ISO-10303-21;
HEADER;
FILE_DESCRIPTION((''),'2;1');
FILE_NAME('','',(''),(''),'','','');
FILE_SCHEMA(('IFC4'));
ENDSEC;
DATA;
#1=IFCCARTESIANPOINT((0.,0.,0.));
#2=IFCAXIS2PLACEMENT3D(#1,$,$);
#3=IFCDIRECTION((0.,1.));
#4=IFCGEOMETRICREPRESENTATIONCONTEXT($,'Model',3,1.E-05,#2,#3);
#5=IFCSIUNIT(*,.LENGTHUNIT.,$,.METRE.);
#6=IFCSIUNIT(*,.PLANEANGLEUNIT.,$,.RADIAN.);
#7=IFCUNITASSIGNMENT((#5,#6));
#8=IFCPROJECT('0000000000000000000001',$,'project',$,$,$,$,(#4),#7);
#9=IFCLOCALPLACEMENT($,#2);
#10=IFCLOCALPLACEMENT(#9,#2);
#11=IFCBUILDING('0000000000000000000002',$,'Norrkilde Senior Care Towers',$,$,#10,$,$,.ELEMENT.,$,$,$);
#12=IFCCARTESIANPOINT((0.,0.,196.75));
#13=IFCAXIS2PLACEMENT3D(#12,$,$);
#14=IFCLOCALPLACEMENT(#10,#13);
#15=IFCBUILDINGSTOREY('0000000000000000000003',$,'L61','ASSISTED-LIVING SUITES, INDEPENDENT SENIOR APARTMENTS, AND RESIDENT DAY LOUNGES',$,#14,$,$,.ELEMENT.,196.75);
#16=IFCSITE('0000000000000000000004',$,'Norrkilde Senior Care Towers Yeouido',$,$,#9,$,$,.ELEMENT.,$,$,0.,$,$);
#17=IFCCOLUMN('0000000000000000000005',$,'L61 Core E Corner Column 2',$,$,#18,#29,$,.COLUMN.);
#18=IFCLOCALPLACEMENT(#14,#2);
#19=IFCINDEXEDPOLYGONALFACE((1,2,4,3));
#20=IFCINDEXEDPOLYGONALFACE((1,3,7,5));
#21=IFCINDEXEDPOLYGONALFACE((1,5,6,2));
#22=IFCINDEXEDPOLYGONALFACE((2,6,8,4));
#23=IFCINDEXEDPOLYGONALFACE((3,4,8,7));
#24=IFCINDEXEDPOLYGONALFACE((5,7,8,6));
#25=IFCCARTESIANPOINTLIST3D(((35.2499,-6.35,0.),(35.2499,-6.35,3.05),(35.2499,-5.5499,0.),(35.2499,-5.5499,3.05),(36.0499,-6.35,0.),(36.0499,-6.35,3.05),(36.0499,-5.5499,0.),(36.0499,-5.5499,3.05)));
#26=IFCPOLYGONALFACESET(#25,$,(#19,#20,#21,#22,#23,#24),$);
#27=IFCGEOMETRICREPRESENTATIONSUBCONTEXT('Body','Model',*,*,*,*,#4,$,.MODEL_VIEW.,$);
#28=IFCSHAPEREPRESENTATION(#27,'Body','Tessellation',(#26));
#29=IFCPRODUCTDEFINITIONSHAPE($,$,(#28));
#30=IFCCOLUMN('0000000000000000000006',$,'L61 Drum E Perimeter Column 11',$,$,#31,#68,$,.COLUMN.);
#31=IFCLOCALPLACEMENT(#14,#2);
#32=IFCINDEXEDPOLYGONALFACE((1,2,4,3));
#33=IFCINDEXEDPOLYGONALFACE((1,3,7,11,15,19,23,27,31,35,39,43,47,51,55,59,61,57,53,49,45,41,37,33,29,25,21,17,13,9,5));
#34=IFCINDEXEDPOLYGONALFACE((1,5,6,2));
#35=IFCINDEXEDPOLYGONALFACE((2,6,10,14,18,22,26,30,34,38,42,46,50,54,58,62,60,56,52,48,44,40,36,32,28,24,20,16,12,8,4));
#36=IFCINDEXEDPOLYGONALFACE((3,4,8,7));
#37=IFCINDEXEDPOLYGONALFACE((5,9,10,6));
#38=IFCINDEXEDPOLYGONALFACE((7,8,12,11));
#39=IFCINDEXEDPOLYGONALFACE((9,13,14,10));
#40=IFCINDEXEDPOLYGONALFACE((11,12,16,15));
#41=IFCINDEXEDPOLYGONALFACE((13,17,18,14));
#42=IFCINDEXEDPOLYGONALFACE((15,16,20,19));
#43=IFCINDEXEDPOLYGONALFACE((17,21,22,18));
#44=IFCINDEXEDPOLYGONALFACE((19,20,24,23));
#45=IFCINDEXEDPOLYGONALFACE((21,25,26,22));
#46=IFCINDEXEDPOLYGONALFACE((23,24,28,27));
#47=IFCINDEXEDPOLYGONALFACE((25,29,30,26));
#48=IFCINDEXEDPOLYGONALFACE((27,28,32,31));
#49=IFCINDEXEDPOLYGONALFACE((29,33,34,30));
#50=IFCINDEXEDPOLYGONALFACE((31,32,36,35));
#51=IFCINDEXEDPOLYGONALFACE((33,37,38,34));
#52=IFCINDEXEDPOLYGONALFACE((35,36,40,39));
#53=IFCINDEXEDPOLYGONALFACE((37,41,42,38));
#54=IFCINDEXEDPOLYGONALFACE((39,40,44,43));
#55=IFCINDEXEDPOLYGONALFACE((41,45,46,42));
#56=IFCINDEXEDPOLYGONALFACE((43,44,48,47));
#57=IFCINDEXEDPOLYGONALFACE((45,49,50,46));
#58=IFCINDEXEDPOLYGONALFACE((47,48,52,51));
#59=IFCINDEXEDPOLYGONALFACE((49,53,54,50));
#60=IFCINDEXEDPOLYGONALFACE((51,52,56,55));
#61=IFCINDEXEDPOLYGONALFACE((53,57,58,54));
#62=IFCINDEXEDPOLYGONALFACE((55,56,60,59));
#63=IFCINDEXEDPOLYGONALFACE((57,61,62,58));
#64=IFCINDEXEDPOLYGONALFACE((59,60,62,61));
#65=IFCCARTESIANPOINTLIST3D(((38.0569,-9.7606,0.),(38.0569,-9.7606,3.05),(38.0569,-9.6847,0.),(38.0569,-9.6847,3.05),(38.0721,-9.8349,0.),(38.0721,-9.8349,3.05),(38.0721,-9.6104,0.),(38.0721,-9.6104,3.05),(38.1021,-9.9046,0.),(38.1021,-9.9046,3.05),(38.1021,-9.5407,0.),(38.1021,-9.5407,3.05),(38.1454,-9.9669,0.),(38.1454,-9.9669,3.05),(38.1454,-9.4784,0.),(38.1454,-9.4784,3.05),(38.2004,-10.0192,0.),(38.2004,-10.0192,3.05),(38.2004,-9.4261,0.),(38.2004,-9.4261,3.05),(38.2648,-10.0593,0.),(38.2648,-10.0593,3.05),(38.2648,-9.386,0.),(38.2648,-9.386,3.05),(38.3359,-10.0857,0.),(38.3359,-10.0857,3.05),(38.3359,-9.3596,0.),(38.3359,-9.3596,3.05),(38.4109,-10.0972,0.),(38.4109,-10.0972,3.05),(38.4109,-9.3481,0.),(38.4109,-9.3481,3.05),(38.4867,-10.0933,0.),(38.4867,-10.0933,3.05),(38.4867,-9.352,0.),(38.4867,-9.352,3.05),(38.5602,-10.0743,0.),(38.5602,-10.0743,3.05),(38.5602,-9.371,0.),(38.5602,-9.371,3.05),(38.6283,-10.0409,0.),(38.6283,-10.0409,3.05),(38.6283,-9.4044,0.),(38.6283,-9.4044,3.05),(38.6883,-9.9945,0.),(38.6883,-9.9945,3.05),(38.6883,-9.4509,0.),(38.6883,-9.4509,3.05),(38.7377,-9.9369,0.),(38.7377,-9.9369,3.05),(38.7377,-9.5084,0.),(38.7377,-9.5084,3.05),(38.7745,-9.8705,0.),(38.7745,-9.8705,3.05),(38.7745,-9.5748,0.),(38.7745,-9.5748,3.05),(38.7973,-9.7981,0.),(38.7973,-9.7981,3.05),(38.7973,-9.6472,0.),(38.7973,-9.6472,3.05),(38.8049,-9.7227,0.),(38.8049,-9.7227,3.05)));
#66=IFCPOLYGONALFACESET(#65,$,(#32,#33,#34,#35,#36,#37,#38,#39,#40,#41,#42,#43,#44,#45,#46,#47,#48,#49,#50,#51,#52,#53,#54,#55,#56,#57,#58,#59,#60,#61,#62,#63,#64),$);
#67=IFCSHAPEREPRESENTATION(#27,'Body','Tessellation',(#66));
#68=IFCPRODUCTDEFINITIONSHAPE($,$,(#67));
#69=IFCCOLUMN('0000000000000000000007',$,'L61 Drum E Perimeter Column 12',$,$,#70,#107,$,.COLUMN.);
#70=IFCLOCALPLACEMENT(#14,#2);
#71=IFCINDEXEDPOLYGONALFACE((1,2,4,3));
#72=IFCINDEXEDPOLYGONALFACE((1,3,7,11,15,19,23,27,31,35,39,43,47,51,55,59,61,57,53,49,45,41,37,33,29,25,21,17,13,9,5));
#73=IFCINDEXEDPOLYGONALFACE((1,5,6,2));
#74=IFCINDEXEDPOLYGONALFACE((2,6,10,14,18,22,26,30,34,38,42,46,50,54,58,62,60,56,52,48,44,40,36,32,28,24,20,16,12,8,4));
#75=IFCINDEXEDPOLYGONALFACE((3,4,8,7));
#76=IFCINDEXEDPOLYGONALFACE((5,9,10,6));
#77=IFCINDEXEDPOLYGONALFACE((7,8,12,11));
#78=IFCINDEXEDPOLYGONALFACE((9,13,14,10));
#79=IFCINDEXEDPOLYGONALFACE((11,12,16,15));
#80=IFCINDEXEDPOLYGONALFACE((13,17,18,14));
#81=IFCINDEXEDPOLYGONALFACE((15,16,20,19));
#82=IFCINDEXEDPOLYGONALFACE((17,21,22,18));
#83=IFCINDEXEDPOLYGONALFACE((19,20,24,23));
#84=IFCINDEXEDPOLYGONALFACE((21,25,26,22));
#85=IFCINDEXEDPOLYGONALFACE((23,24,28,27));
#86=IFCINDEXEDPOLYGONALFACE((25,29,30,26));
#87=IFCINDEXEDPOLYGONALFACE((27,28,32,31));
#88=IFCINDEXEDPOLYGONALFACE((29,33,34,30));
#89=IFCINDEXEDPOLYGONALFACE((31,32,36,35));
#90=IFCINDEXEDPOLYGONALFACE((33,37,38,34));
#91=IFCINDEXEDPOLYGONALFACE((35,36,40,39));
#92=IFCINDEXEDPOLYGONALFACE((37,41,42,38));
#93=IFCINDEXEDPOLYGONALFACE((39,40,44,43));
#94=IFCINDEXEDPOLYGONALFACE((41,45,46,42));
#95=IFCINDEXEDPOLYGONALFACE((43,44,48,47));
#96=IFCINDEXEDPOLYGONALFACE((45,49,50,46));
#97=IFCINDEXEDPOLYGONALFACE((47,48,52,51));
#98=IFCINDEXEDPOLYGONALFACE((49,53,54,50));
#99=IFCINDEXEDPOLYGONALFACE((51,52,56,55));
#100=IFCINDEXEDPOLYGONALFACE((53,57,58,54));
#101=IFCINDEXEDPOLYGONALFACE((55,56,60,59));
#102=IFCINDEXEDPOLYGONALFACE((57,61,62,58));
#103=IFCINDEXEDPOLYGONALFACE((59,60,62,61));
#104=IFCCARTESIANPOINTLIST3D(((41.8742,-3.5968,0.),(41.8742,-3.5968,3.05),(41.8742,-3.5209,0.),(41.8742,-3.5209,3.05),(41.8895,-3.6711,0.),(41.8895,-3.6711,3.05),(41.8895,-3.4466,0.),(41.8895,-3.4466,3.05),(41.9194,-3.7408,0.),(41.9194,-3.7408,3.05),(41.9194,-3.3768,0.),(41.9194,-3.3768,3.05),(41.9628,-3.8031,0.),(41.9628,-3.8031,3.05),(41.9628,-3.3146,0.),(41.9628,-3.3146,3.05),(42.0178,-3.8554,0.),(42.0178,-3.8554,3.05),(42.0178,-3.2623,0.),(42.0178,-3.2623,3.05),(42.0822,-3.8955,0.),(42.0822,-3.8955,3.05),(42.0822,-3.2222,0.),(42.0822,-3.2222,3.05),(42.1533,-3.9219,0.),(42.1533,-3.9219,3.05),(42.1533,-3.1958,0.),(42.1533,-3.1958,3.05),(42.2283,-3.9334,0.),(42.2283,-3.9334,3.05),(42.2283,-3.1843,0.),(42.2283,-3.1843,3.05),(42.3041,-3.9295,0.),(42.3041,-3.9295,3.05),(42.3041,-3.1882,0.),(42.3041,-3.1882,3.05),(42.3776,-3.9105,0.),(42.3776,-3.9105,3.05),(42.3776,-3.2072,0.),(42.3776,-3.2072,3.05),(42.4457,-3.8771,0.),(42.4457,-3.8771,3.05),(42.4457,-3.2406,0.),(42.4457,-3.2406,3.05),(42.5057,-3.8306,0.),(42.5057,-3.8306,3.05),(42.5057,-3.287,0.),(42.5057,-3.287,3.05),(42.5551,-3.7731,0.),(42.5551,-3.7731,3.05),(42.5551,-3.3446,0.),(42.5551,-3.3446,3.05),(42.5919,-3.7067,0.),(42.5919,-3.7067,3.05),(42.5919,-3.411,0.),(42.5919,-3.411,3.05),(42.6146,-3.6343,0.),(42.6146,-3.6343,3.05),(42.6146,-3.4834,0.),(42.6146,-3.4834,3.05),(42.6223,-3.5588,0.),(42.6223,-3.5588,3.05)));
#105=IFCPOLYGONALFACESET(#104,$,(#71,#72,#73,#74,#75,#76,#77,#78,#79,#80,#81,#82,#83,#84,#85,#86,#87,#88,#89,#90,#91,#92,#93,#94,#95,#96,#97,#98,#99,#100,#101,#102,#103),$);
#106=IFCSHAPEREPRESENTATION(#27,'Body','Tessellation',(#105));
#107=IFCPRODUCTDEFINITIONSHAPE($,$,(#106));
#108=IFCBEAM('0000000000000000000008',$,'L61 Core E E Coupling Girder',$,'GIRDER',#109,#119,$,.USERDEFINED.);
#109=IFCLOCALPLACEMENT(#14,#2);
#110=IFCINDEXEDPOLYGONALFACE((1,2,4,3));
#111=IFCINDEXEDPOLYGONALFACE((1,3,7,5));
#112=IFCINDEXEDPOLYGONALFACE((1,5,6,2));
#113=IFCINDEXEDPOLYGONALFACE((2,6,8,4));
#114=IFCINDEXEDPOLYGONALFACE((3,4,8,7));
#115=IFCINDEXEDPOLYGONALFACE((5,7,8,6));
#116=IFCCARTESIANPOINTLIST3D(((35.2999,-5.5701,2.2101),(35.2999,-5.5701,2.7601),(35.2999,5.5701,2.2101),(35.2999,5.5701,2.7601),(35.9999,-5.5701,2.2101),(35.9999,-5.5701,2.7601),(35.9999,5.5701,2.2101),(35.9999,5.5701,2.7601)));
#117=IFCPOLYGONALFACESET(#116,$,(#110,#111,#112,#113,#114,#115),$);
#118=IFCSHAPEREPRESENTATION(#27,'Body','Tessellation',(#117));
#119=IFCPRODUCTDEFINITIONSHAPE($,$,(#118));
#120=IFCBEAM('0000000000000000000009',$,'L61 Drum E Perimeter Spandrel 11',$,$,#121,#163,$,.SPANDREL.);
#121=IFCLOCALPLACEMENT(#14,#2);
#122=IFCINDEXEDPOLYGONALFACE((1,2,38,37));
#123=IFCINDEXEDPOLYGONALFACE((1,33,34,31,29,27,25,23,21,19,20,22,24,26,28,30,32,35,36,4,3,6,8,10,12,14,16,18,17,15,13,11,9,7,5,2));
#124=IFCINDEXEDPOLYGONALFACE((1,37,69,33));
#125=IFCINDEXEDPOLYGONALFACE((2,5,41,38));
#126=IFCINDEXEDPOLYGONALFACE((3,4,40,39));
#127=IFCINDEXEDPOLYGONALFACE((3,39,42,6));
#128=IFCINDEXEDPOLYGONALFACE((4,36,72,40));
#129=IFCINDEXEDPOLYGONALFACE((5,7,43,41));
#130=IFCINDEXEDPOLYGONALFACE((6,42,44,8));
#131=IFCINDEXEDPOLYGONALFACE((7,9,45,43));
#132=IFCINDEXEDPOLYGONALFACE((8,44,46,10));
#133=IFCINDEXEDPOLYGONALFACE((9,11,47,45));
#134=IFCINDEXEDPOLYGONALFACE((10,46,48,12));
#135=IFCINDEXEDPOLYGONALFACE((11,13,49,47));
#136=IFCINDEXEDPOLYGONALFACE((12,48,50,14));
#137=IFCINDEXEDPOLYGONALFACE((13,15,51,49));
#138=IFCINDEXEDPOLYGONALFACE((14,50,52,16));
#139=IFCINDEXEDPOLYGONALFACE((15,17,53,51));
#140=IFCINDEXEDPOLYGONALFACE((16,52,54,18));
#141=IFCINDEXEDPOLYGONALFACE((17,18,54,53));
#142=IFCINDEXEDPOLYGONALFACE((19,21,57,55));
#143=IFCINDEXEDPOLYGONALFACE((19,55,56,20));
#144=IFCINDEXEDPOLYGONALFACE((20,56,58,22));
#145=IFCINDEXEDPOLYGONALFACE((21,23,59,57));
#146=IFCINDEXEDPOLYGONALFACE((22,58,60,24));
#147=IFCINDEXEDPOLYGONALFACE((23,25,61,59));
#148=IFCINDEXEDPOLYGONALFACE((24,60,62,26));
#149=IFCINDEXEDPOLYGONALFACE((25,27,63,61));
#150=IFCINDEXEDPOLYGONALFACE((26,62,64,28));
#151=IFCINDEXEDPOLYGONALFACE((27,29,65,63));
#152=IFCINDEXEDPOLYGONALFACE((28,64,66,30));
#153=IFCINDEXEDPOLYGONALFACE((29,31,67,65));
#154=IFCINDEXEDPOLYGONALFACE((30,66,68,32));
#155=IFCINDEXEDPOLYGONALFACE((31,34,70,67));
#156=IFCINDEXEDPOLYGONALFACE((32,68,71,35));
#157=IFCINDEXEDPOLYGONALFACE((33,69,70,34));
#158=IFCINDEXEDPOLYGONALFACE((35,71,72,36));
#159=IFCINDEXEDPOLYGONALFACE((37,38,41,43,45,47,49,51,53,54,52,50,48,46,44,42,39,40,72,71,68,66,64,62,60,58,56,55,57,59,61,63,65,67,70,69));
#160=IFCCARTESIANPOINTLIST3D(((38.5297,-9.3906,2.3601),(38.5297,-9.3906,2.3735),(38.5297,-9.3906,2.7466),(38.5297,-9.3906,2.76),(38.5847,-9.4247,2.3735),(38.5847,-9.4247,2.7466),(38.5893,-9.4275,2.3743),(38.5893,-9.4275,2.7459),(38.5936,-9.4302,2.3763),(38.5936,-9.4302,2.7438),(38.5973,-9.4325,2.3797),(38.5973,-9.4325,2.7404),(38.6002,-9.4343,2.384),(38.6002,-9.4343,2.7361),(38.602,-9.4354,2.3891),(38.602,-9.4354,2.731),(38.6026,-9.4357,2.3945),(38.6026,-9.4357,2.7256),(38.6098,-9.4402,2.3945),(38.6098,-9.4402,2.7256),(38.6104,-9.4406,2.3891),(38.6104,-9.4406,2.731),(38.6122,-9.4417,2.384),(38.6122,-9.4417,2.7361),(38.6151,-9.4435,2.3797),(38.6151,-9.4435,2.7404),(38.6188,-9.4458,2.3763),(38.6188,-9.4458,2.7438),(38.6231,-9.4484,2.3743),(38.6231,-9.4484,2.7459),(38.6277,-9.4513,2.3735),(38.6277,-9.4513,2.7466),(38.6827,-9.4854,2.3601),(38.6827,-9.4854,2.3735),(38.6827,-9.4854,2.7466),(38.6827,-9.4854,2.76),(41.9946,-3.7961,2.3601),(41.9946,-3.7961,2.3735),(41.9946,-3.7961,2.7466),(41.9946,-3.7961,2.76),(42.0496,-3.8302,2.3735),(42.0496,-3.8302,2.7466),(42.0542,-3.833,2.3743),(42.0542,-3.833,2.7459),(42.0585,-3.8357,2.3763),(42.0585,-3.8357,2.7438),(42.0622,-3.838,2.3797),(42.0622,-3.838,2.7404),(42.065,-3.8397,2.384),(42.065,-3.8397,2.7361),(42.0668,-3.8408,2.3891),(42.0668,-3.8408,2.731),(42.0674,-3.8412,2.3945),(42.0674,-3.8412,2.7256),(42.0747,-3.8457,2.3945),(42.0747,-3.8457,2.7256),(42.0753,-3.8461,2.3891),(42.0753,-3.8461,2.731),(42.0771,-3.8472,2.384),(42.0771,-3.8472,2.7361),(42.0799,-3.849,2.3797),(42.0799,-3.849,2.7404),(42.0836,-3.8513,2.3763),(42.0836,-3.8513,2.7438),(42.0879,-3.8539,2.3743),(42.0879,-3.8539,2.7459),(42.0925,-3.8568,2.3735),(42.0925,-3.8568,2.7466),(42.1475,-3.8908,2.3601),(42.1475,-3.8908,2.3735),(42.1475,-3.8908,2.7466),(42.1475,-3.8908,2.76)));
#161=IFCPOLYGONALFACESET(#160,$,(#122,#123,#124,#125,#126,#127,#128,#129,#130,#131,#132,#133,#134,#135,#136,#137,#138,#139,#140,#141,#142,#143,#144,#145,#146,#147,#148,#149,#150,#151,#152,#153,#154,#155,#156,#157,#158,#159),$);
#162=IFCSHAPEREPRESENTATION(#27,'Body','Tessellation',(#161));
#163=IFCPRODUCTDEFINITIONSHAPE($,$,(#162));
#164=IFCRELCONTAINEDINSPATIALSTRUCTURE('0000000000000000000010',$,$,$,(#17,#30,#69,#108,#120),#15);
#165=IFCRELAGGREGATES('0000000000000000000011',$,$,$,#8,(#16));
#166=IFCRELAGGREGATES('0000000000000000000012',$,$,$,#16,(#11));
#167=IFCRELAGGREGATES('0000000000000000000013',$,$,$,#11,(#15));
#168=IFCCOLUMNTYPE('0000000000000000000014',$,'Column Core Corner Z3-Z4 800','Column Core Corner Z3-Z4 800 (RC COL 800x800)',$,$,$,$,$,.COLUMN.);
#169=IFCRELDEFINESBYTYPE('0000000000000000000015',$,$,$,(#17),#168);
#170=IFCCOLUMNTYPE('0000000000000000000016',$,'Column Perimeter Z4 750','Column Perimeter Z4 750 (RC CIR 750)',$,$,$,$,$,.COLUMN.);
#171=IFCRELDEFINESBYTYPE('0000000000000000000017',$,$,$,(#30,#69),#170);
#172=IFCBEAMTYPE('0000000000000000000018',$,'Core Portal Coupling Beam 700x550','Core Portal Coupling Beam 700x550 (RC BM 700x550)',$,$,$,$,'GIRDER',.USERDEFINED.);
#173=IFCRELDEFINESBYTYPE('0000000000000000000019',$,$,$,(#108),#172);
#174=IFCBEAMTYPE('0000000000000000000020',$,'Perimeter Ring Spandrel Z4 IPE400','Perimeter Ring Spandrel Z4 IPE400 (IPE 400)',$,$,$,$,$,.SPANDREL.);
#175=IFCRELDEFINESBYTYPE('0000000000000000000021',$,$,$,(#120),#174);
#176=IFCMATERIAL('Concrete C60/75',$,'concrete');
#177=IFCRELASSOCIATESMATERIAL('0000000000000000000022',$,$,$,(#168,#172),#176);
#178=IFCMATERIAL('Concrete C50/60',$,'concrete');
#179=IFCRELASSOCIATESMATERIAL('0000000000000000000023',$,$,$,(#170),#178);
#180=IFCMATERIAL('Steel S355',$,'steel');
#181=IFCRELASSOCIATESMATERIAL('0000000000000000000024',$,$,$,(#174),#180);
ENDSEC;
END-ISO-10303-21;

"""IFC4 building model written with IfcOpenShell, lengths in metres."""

from ifc_helpers import new_model, si_unit, direction, frame, origin, origin_2d, place, context, subcontext, project, spatial, rectangle, circle, i_section, extrude, source, transform, mapped, material, material_profile, profile_set, type_object, type_shapes, element, save


model = new_model("IFC4")

# Units and contexts
model_context = context("Model", 3, precision=1e-05, world=origin(), true_north=direction((0.0, 1.0)))
body_context = subcontext(model_context, "Body", "Model", "MODEL_VIEW")
ifc_project = project(units=[si_unit("LENGTHUNIT", "METRE"), si_unit("PLANEANGLEUNIT", "RADIAN")], contexts=[model_context])

# Site, building, storey
site_placement = place(None, origin())
site = spatial("IfcSite", under=ifc_project, at=site_placement, Name="Norrkilde Senior Care Towers Yeouido", CompositionType="ELEMENT", RefElevation=0.0)
building_placement = place(site_placement, origin())
building = spatial("IfcBuilding", under=site, at=building_placement, Name="Norrkilde Senior Care Towers", CompositionType="ELEMENT")
storey_placement = place(building_placement, frame((0.0, 0.0, 196.75)))
storey = spatial("IfcBuildingStorey", under=building, at=storey_placement, Name="L61", Description="ASSISTED-LIVING SUITES, INDEPENDENT SENIOR APARTMENTS, AND RESIDENT DAY LOUNGES", CompositionType="ELEMENT", Elevation=196.75)

# Columns
ifc_material_1 = material(Name="Concrete C60/75", Category="concrete")
ifc_material_profile_1 = material_profile(ifc_material_1, rectangle(XDim=0.8, YDim=0.8, at=origin_2d()), Name="RC COL 800x800")
ifc_profile_set_1 = profile_set([ifc_material_profile_1], Name="Concrete C60/75")
column_type_1 = type_object("IfcColumnType", Name="Column Core Corner Z3-Z4 800", Description="Column Core Corner Z3-Z4 800 (RC COL 800x800)", PredefinedType="COLUMN", material=ifc_profile_set_1)
shared_shape_1 = source(origin(), body_context, "Body", "SweptSolid", [
    extrude(rectangle(XDim=0.8, YDim=0.8, at=origin_2d()), origin(), (0.0, 0.0, 1.0), 3.05),
])
type_shapes(column_type_1, [shared_shape_1])
column_placement = place(storey_placement, frame((35.6499, -5.95, 0.0), z_axis=(0.0, 0.0, 1.0), x_axis=(1.0, 0.0, 0.0)))
element("IfcColumn", 1, at=column_placement, inside=storey, type_object=column_type_1, Name="L61 Core E Corner Column 2", PredefinedType="COLUMN", context=body_context, shape_type="MappedRepresentation", body=[
    mapped(shared_shape_1, transform((0.0, 0.0, 0.0), x_axis=(1.0, 0.0, 0.0), y_axis=(0.0, 1.0, 0.0), z_axis=(0.0, 0.0, 1.0), scale=1.0)),
])
ifc_material_2 = material(Name="Concrete C50/60", Category="concrete")
ifc_material_profile_2 = material_profile(ifc_material_2, circle(Radius=0.375, at=origin_2d()), Name="RC CIR 750")
ifc_profile_set_2 = profile_set([ifc_material_profile_2], Name="Concrete C50/60")
column_type_2 = type_object("IfcColumnType", Name="Column Perimeter Z4 750", Description="Column Perimeter Z4 750 (RC CIR 750)", PredefinedType="COLUMN", material=ifc_profile_set_2)
shared_shape_2 = source(origin(), body_context, "Body", "SweptSolid", [
    extrude(circle(Radius=0.375, at=origin_2d()), origin(), (0.0, 0.0, 1.0), 3.05),
])
type_shapes(column_type_2, [shared_shape_2])
for number, where, z_axis, x_axis, name in (
    (2, (38.4299, -9.7227, 0.0), (0.0, 0.0, 1.0), (1.0, 0.0, 0.0), "L61 Drum E Perimeter Column 11"),
    (3, (42.2473, -3.5588, 0.0), (0.0, 0.0, 1.0), (1.0, 0.0, 0.0), "L61 Drum E Perimeter Column 12"),
):
    element("IfcColumn", number, at=place(storey_placement, frame(where, z_axis=z_axis, x_axis=x_axis)), inside=storey, type_object=column_type_2, Name=name, PredefinedType="COLUMN", context=body_context, shape_type="MappedRepresentation", body=[
        mapped(shared_shape_2, transform((0.0, 0.0, 0.0), x_axis=(1.0, 0.0, 0.0), y_axis=(0.0, 1.0, 0.0), z_axis=(0.0, 0.0, 1.0), scale=1.0)),
    ])

# Beams
ifc_material_profile_3 = material_profile(ifc_material_1, rectangle(XDim=0.7, YDim=0.55, at=origin_2d()), Name="RC BM 700x550")
ifc_profile_set_3 = profile_set([ifc_material_profile_3], Name="Concrete C60/75")
beam_type_1 = type_object("IfcBeamType", Name="Core Portal Coupling Beam 700x550", Description="Core Portal Coupling Beam 700x550 (RC BM 700x550)", ElementType="GIRDER", PredefinedType="USERDEFINED", material=ifc_profile_set_3)
shared_shape_3 = source(origin(), body_context, "Body", "SweptSolid", [
    extrude(rectangle(XDim=0.7, YDim=0.55, at=origin_2d()), origin(), (0.0, 0.0, 1.0), 11.1401),
])
type_shapes(beam_type_1, [shared_shape_3])
beam_1_placement = place(storey_placement, frame((35.6499, -5.5701, 2.4851), z_axis=(0.0, 1.0, 0.0), x_axis=(-1.0, 0.0, 0.0)))
element("IfcBeam", 4, at=beam_1_placement, inside=storey, type_object=beam_type_1, Name="L61 Core E E Coupling Girder", ObjectType="GIRDER", PredefinedType="USERDEFINED", context=body_context, shape_type="MappedRepresentation", body=[
    mapped(shared_shape_3, transform((0.0, 0.0, 0.0), x_axis=(1.0, 0.0, 0.0), y_axis=(0.0, 1.0, 0.0), z_axis=(0.0, 0.0, 1.0), scale=1.0)),
])
ifc_material_3 = material(Name="Steel S355", Category="steel")
ifc_material_profile_4 = material_profile(ifc_material_3, i_section(OverallWidth=0.1799, OverallDepth=0.3999, WebThickness=0.0085, FlangeThickness=0.0134, FilletRadius=0.021, at=origin_2d()), Name="IPE 400")
ifc_profile_set_4 = profile_set([ifc_material_profile_4], Name="Steel S355")
beam_type_2 = type_object("IfcBeamType", Name="Perimeter Ring Spandrel Z4 IPE400", Description="Perimeter Ring Spandrel Z4 IPE400 (IPE 400)", PredefinedType="SPANDREL", material=ifc_profile_set_4)
shared_shape_4 = source(origin(), body_context, "Body", "SweptSolid", [
    extrude(i_section(OverallWidth=0.1799, OverallDepth=0.3999, WebThickness=0.0085, FlangeThickness=0.0134, FilletRadius=0.021, at=origin_2d()), origin(), (0.0, 0.0, 1.0), 6.5806),
])
beam_2_placement = place(storey_placement, frame((38.6062, -9.438, 2.5601), z_axis=(0.52653, 0.850157, 0.0), x_axis=(-0.850157, 0.52653, 0.0)))
element("IfcBeam", 5, at=beam_2_placement, inside=storey, type_object=beam_type_2, Name="L61 Drum E Perimeter Spandrel 11", PredefinedType="SPANDREL", context=body_context, shape_type="MappedRepresentation", body=[
    mapped(shared_shape_4, transform((0.0, 0.0, 0.0), x_axis=(1.0, 0.0, 0.0), y_axis=(0.0, 1.0, 0.0), z_axis=(0.0, 0.0, 1.0), scale=1.0)),
])

save(model, "model.ifc")
